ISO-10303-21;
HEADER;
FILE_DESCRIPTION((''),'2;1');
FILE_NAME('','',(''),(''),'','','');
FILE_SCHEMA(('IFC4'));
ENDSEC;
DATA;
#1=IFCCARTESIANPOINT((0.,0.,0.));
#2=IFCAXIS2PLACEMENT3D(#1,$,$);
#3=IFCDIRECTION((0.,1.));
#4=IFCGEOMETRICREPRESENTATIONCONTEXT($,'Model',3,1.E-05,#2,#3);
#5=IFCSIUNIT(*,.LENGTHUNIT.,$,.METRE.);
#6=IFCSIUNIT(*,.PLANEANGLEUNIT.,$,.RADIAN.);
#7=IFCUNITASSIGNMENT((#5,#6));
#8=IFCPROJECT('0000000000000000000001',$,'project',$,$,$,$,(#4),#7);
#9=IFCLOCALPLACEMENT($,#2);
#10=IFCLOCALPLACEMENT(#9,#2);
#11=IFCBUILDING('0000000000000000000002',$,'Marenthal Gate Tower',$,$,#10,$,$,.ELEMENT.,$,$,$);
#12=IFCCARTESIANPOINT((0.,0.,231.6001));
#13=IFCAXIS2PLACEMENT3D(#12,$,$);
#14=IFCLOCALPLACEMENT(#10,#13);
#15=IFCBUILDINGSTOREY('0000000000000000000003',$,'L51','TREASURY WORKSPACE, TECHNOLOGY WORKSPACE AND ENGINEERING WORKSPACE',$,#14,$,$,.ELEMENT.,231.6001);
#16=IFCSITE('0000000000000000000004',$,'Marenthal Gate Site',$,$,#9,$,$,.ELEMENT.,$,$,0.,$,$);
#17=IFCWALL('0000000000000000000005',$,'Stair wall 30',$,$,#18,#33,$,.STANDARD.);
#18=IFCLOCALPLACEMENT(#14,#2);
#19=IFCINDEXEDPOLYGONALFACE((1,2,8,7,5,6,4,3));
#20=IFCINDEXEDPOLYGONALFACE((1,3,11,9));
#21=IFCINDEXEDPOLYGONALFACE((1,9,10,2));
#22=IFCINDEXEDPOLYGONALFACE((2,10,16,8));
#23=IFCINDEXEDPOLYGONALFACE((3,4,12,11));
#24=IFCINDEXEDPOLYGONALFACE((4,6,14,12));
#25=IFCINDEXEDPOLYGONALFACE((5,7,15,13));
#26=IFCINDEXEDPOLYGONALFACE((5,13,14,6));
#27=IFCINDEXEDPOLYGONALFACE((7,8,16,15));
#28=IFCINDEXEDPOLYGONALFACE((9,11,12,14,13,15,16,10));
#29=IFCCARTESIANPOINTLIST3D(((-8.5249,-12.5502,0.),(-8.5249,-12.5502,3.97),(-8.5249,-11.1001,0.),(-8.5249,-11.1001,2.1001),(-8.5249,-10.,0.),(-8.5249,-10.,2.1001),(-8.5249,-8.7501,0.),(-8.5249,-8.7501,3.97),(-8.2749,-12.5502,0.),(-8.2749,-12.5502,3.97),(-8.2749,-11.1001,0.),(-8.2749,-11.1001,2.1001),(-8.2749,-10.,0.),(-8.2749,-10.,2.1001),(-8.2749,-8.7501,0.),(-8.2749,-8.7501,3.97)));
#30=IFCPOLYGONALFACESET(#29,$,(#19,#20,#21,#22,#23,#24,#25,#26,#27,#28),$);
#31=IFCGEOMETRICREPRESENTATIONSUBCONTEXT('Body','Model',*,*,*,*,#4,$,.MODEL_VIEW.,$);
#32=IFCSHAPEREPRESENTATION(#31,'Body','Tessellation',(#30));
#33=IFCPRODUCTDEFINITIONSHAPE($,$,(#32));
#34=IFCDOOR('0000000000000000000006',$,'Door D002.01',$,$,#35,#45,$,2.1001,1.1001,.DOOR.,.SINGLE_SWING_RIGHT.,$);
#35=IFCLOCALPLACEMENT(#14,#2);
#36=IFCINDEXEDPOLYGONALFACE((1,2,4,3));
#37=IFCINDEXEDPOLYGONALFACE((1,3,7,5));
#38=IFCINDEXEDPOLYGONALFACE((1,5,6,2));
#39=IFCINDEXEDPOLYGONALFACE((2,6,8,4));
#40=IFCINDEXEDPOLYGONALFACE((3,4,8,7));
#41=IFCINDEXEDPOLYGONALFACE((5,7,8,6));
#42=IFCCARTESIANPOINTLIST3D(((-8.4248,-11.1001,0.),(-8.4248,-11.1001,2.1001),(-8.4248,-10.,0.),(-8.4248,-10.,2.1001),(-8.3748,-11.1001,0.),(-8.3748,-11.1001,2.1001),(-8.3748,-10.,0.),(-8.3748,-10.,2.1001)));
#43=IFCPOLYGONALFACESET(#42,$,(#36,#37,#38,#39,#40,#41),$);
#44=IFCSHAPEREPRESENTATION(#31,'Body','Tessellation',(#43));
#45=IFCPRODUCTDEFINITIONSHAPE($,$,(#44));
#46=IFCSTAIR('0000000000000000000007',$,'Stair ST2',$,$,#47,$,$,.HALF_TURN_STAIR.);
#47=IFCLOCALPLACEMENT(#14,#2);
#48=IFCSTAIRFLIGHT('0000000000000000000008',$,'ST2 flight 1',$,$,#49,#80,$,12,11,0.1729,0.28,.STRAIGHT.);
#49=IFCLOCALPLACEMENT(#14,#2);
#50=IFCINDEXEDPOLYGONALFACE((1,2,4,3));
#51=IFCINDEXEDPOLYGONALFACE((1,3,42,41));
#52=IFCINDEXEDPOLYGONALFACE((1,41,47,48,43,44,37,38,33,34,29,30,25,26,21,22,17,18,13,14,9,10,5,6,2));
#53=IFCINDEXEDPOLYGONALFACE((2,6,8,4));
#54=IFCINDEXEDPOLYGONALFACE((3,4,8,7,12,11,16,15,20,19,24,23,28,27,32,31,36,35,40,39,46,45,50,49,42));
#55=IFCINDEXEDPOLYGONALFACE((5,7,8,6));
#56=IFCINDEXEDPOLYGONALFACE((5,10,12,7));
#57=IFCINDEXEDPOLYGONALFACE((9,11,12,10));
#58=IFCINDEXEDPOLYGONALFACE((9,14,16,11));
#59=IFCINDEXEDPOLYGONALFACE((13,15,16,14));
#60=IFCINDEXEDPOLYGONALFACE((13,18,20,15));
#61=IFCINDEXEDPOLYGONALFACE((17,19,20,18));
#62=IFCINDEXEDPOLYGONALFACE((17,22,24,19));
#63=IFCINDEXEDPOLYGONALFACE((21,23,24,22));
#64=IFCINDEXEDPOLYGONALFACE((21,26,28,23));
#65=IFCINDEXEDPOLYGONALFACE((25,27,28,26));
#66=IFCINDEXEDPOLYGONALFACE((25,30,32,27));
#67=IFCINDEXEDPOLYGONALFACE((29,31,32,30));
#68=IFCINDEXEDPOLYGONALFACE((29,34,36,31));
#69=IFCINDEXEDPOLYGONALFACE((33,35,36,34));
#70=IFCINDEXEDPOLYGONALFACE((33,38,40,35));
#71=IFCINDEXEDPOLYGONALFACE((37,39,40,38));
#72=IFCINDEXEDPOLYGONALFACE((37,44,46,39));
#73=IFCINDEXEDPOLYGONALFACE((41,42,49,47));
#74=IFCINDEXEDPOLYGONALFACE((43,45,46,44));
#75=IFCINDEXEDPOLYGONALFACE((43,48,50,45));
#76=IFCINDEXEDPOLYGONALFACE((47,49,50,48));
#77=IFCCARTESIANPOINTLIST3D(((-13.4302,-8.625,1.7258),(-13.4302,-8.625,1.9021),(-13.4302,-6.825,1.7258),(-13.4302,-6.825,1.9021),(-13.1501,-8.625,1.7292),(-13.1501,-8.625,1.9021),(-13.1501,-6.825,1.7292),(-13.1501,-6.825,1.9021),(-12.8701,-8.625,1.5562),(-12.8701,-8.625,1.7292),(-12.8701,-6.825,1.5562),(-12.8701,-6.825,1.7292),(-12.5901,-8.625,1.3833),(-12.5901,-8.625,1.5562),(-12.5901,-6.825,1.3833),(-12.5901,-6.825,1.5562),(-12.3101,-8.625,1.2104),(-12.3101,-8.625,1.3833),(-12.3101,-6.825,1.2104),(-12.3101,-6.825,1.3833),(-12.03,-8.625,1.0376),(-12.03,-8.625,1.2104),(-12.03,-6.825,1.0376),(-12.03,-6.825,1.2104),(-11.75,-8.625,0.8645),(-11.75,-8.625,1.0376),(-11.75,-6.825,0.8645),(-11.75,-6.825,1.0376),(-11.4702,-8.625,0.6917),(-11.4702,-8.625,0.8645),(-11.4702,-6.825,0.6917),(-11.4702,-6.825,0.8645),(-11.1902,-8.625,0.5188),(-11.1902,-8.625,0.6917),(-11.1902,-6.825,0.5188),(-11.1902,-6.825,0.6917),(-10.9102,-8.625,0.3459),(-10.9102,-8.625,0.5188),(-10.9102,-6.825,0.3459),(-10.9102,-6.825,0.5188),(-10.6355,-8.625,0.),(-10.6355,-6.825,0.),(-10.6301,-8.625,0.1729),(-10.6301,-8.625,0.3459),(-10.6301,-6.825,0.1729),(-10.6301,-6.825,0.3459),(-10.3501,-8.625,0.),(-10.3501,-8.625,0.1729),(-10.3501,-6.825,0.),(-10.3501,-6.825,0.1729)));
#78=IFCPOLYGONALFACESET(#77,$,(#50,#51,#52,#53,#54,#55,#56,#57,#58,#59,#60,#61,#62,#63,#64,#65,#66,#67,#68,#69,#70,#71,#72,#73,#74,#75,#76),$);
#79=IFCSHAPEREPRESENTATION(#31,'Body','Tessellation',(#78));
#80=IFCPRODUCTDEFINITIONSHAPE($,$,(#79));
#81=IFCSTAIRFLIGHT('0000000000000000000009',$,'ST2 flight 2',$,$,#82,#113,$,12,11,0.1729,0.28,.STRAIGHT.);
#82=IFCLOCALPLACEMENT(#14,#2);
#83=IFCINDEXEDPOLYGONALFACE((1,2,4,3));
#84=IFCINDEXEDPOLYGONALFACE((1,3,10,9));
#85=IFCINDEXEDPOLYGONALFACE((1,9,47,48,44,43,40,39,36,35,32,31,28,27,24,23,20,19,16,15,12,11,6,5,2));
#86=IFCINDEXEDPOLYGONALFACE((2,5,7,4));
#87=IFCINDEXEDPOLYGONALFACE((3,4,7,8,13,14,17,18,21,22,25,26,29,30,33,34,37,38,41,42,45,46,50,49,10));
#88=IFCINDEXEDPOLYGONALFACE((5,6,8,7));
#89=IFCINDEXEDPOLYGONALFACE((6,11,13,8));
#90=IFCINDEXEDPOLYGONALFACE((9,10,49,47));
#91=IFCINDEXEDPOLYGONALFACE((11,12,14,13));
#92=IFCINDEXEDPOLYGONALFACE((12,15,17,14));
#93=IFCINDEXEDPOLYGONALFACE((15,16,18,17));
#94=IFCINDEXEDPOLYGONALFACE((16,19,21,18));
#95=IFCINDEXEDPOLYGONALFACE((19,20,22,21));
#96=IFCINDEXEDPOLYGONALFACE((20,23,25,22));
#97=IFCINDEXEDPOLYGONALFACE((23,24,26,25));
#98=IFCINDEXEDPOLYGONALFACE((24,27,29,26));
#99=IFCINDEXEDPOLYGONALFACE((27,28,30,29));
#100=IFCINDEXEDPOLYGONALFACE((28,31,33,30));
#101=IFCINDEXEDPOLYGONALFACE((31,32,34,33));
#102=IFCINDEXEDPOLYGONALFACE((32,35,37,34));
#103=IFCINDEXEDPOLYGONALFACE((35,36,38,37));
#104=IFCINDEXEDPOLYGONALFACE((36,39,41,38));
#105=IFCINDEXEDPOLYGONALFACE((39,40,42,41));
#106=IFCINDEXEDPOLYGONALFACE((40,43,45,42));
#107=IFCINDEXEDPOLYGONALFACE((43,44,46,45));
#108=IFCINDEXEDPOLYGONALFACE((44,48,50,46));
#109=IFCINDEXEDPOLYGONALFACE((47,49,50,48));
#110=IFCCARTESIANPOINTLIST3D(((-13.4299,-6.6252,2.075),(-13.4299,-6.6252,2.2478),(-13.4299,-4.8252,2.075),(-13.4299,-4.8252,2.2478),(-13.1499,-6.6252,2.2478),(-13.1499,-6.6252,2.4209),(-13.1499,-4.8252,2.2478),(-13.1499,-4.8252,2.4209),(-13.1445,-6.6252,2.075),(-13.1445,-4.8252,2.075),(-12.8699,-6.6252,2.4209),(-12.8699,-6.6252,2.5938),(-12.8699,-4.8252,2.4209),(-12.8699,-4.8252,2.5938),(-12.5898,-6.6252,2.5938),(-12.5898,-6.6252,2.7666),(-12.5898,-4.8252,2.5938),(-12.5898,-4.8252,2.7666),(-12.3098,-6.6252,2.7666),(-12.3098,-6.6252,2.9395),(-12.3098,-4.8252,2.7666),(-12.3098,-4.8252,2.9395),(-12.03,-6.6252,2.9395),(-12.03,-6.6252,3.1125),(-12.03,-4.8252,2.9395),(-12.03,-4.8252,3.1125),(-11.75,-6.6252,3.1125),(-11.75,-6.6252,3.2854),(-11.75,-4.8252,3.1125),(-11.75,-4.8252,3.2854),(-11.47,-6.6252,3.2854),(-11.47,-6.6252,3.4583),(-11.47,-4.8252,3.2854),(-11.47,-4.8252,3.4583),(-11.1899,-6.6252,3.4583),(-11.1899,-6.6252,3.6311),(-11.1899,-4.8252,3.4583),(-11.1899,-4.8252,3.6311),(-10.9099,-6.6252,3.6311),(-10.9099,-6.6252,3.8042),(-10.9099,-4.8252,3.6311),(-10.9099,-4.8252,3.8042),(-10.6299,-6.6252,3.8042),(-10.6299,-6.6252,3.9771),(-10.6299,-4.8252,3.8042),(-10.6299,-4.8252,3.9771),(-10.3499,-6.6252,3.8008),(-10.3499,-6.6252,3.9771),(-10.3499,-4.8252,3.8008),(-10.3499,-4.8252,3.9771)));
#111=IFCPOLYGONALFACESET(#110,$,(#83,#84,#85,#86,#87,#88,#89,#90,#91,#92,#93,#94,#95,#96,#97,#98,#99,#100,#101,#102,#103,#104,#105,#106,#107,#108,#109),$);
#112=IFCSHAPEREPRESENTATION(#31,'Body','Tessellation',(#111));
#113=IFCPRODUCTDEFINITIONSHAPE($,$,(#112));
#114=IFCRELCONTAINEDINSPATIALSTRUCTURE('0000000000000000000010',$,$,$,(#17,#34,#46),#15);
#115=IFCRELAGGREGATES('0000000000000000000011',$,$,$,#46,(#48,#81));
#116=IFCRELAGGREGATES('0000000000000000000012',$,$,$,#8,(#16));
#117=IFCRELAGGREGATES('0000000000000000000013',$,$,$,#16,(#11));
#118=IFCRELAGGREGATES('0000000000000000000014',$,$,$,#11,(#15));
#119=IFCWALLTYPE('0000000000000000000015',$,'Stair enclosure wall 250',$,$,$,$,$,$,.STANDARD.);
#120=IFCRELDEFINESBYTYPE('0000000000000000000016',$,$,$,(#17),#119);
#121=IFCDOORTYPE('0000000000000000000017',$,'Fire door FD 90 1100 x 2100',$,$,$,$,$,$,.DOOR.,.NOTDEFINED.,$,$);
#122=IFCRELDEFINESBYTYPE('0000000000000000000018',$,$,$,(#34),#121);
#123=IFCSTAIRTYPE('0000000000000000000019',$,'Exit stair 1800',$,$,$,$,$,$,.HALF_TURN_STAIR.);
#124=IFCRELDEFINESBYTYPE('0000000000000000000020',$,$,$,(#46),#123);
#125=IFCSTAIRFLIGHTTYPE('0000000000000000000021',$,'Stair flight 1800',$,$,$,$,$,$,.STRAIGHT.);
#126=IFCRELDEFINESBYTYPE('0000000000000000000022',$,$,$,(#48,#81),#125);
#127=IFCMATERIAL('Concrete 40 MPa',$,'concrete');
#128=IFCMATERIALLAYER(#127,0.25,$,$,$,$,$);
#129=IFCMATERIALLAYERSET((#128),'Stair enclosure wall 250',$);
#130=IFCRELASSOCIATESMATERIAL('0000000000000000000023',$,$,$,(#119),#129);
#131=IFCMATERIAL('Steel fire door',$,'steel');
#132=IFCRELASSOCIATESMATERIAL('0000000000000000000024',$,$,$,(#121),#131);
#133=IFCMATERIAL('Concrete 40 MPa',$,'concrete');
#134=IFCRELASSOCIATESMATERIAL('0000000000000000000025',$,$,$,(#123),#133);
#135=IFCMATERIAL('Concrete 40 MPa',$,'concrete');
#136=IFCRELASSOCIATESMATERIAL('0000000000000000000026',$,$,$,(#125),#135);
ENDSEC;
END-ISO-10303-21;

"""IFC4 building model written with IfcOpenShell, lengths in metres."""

from ifc_helpers import new_model, si_unit, direction, frame, frame_2d, origin, place, context, subcontext, project, spatial, polyline, rectangle, outline, extrude, material, layer, layer_set, type_object, element, fill, aggregate, save


model = new_model("IFC4")

# Units and contexts
model_context = context("Model", 3, precision=1e-05, world=origin(), true_north=direction((0.0, 1.0)))
body_context = subcontext(model_context, "Body", "Model", "MODEL_VIEW")
ifc_project = project(units=[si_unit("LENGTHUNIT", "METRE"), si_unit("PLANEANGLEUNIT", "RADIAN")], contexts=[model_context])

# Site, building, storey
site_placement = place(None, origin())
site = spatial("IfcSite", under=ifc_project, at=site_placement, Name="Marenthal Gate Site", CompositionType="ELEMENT", RefElevation=0.0)
building_placement = place(site_placement, origin())
building = spatial("IfcBuilding", under=site, at=building_placement, Name="Marenthal Gate Tower", CompositionType="ELEMENT")
storey_placement = place(building_placement, frame((0.0, 0.0, 231.6001)))
storey = spatial("IfcBuildingStorey", under=building, at=storey_placement, Name="L51", Description="TREASURY WORKSPACE, TECHNOLOGY WORKSPACE AND ENGINEERING WORKSPACE", CompositionType="ELEMENT", Elevation=231.6001)

# Shared definitions
ifc_material_1 = material(Name="Concrete 40 MPa", Category="concrete")
ifc_layer_1 = layer(ifc_material_1, 0.25)
ifc_layer_set_1 = layer_set([ifc_layer_1], Name="Stair enclosure wall 250")
wall_type_1 = type_object("IfcWallType", Name="Stair enclosure wall 250", PredefinedType="STANDARD", material=ifc_layer_set_1)

# Wall, opening, door
wall_1_placement = place(storey_placement, frame((-8.3999, -12.55, 0.0), z_axis=(0.0, 0.0, 1.0), x_axis=(0.0, 1.0, 0.0)))
wall_1 = element("IfcWall", 1, at=wall_1_placement, inside=storey, type_object=wall_type_1, Name="Stair wall 30", PredefinedType="STANDARD", context=body_context, shape_type="SweptSolid", body=[
    extrude(rectangle(XDim=3.8, YDim=0.25, at=frame_2d((1.8999, 0.0))), origin(), (0.0, 0.0, 1.0), 3.97),
])
opening_1_placement = place(wall_1_placement, frame((1.45, 0.0, 0.0)))
opening_1 = element("IfcOpeningElement", 2, at=opening_1_placement, cuts=wall_1, PredefinedType="OPENING", context=body_context, shape_type="SweptSolid", body=[
    extrude(rectangle(XDim=1.1001, YDim=2.1001, at=frame_2d((0.55, 1.05))), frame((0.0, 0.135, 0.0), z_axis=(0.0, -1.0, 0.0), x_axis=(1.0, 0.0, 0.0)), (0.0, 0.0, 1.0), 0.27),
])
ifc_material_2 = material(Name="Steel fire door", Category="steel")
door_type_1 = type_object("IfcDoorType", Name="Fire door FD 90 1100 x 2100", OperationType="NOTDEFINED", PredefinedType="DOOR", material=ifc_material_2)
door_1_placement = place(opening_1_placement, origin())
door_1 = element("IfcDoor", 3, at=door_1_placement, inside=storey, type_object=door_type_1, Name="Door D002.01", OperationType="SINGLE_SWING_RIGHT", OverallHeight=2.1001, OverallWidth=1.1001, PredefinedType="DOOR", context=body_context, shape_type="SweptSolid", body=[
    extrude(rectangle(XDim=1.1001, YDim=2.1001, at=frame_2d((0.55, 1.05))), frame((0.0, 0.0249, 0.0), z_axis=(0.0, -1.0, 0.0), x_axis=(1.0, 0.0, 0.0)), (0.0, 0.0, 1.0), 0.05),
])
fill(opening_1, door_1)

# Stair, stair flights
ifc_material_3 = material(Name="Concrete 40 MPa", Category="concrete")
stair_type = type_object("IfcStairType", Name="Exit stair 1800", PredefinedType="HALF_TURN_STAIR", material=ifc_material_3)
stair_placement = place(storey_placement, origin())
stair = element("IfcStair", 4, at=stair_placement, inside=storey, type_object=stair_type, Name="Stair ST2", PredefinedType="HALF_TURN_STAIR")
ifc_material_4 = material(Name="Concrete 40 MPa", Category="concrete")
stair_flight_type = type_object("IfcStairFlightType", Name="Stair flight 1800", PredefinedType="STRAIGHT", material=ifc_material_4)
stair_flight_1_placement = place(storey_placement, frame((-10.3501, -7.7251, 0.0), z_axis=(0.0, 0.0, 1.0), x_axis=(-1.0, 0.0, 0.0)))
stair_flight_1 = element("IfcStairFlight", 5, at=stair_flight_1_placement, type_object=stair_flight_type, Name="ST2 flight 1", NumberOfRisers=12, NumberOfTreads=11, PredefinedType="STRAIGHT", RiserHeight=0.1729, TreadLength=0.28, context=body_context, shape_type="SweptSolid", body=[
    extrude(outline(polyline([(0.0, 0.0), (0.0, 0.1729), (0.28, 0.1729), (0.28, 0.3459), (0.5601, 0.3459), (0.5601, 0.5188), (0.8401, 0.5188), (0.8401, 0.6917), (1.1201, 0.6917), (1.1201, 0.8645), (1.3999, 0.8645), (1.3999, 1.0376), (1.6799, 1.0376), (1.6799, 1.2104), (1.96, 1.2104), (1.96, 1.3833), (2.24, 1.3833), (2.24, 1.5562), (2.52, 1.5562), (2.52, 1.7292), (2.8, 1.7292), (2.8, 1.9021), (3.0801, 1.9021), (3.0801, 2.075), (3.0801, 1.7258), (0.2854, 0.0), (0.0, 0.0)])), frame((0.0, 0.8999, 0.0), z_axis=(0.0, -1.0, 0.0), x_axis=(1.0, 0.0, 0.0)), (0.0, 0.0, 1.0), 1.8),
])
stair_flight_2_placement = place(storey_placement, frame((-13.4299, -5.7251, 2.075), z_axis=(0.0, 0.0, 1.0), x_axis=(1.0, 0.0, 0.0)))
stair_flight_2 = element("IfcStairFlight", 6, at=stair_flight_2_placement, type_object=stair_flight_type, Name="ST2 flight 2", NumberOfRisers=12, NumberOfTreads=11, PredefinedType="STRAIGHT", RiserHeight=0.1729, TreadLength=0.28, context=body_context, shape_type="SweptSolid", body=[
    extrude(outline(polyline([(0.0, 0.0), (0.0, 0.1729), (0.28, 0.1729), (0.28, 0.3459), (0.5601, 0.3459), (0.5601, 0.5188), (0.8401, 0.5188), (0.8401, 0.6917), (1.1201, 0.6917), (1.1201, 0.8645), (1.3999, 0.8645), (1.3999, 1.0376), (1.6799, 1.0376), (1.6799, 1.2104), (1.96, 1.2104), (1.96, 1.3833), (2.24, 1.3833), (2.24, 1.5562), (2.52, 1.5562), (2.52, 1.7292), (2.8, 1.7292), (2.8, 1.9021), (3.0801, 1.9021), (3.0801, 2.075), (3.0801, 1.7258), (0.2854, 0.0), (0.0, 0.0)])), frame((0.0, 0.8999, 0.0), z_axis=(0.0, -1.0, 0.0), x_axis=(1.0, 0.0, 0.0)), (0.0, 0.0, 1.0), 1.8),
])
aggregate(stair, [stair_flight_1, stair_flight_2])

save(model, "model.ifc")
